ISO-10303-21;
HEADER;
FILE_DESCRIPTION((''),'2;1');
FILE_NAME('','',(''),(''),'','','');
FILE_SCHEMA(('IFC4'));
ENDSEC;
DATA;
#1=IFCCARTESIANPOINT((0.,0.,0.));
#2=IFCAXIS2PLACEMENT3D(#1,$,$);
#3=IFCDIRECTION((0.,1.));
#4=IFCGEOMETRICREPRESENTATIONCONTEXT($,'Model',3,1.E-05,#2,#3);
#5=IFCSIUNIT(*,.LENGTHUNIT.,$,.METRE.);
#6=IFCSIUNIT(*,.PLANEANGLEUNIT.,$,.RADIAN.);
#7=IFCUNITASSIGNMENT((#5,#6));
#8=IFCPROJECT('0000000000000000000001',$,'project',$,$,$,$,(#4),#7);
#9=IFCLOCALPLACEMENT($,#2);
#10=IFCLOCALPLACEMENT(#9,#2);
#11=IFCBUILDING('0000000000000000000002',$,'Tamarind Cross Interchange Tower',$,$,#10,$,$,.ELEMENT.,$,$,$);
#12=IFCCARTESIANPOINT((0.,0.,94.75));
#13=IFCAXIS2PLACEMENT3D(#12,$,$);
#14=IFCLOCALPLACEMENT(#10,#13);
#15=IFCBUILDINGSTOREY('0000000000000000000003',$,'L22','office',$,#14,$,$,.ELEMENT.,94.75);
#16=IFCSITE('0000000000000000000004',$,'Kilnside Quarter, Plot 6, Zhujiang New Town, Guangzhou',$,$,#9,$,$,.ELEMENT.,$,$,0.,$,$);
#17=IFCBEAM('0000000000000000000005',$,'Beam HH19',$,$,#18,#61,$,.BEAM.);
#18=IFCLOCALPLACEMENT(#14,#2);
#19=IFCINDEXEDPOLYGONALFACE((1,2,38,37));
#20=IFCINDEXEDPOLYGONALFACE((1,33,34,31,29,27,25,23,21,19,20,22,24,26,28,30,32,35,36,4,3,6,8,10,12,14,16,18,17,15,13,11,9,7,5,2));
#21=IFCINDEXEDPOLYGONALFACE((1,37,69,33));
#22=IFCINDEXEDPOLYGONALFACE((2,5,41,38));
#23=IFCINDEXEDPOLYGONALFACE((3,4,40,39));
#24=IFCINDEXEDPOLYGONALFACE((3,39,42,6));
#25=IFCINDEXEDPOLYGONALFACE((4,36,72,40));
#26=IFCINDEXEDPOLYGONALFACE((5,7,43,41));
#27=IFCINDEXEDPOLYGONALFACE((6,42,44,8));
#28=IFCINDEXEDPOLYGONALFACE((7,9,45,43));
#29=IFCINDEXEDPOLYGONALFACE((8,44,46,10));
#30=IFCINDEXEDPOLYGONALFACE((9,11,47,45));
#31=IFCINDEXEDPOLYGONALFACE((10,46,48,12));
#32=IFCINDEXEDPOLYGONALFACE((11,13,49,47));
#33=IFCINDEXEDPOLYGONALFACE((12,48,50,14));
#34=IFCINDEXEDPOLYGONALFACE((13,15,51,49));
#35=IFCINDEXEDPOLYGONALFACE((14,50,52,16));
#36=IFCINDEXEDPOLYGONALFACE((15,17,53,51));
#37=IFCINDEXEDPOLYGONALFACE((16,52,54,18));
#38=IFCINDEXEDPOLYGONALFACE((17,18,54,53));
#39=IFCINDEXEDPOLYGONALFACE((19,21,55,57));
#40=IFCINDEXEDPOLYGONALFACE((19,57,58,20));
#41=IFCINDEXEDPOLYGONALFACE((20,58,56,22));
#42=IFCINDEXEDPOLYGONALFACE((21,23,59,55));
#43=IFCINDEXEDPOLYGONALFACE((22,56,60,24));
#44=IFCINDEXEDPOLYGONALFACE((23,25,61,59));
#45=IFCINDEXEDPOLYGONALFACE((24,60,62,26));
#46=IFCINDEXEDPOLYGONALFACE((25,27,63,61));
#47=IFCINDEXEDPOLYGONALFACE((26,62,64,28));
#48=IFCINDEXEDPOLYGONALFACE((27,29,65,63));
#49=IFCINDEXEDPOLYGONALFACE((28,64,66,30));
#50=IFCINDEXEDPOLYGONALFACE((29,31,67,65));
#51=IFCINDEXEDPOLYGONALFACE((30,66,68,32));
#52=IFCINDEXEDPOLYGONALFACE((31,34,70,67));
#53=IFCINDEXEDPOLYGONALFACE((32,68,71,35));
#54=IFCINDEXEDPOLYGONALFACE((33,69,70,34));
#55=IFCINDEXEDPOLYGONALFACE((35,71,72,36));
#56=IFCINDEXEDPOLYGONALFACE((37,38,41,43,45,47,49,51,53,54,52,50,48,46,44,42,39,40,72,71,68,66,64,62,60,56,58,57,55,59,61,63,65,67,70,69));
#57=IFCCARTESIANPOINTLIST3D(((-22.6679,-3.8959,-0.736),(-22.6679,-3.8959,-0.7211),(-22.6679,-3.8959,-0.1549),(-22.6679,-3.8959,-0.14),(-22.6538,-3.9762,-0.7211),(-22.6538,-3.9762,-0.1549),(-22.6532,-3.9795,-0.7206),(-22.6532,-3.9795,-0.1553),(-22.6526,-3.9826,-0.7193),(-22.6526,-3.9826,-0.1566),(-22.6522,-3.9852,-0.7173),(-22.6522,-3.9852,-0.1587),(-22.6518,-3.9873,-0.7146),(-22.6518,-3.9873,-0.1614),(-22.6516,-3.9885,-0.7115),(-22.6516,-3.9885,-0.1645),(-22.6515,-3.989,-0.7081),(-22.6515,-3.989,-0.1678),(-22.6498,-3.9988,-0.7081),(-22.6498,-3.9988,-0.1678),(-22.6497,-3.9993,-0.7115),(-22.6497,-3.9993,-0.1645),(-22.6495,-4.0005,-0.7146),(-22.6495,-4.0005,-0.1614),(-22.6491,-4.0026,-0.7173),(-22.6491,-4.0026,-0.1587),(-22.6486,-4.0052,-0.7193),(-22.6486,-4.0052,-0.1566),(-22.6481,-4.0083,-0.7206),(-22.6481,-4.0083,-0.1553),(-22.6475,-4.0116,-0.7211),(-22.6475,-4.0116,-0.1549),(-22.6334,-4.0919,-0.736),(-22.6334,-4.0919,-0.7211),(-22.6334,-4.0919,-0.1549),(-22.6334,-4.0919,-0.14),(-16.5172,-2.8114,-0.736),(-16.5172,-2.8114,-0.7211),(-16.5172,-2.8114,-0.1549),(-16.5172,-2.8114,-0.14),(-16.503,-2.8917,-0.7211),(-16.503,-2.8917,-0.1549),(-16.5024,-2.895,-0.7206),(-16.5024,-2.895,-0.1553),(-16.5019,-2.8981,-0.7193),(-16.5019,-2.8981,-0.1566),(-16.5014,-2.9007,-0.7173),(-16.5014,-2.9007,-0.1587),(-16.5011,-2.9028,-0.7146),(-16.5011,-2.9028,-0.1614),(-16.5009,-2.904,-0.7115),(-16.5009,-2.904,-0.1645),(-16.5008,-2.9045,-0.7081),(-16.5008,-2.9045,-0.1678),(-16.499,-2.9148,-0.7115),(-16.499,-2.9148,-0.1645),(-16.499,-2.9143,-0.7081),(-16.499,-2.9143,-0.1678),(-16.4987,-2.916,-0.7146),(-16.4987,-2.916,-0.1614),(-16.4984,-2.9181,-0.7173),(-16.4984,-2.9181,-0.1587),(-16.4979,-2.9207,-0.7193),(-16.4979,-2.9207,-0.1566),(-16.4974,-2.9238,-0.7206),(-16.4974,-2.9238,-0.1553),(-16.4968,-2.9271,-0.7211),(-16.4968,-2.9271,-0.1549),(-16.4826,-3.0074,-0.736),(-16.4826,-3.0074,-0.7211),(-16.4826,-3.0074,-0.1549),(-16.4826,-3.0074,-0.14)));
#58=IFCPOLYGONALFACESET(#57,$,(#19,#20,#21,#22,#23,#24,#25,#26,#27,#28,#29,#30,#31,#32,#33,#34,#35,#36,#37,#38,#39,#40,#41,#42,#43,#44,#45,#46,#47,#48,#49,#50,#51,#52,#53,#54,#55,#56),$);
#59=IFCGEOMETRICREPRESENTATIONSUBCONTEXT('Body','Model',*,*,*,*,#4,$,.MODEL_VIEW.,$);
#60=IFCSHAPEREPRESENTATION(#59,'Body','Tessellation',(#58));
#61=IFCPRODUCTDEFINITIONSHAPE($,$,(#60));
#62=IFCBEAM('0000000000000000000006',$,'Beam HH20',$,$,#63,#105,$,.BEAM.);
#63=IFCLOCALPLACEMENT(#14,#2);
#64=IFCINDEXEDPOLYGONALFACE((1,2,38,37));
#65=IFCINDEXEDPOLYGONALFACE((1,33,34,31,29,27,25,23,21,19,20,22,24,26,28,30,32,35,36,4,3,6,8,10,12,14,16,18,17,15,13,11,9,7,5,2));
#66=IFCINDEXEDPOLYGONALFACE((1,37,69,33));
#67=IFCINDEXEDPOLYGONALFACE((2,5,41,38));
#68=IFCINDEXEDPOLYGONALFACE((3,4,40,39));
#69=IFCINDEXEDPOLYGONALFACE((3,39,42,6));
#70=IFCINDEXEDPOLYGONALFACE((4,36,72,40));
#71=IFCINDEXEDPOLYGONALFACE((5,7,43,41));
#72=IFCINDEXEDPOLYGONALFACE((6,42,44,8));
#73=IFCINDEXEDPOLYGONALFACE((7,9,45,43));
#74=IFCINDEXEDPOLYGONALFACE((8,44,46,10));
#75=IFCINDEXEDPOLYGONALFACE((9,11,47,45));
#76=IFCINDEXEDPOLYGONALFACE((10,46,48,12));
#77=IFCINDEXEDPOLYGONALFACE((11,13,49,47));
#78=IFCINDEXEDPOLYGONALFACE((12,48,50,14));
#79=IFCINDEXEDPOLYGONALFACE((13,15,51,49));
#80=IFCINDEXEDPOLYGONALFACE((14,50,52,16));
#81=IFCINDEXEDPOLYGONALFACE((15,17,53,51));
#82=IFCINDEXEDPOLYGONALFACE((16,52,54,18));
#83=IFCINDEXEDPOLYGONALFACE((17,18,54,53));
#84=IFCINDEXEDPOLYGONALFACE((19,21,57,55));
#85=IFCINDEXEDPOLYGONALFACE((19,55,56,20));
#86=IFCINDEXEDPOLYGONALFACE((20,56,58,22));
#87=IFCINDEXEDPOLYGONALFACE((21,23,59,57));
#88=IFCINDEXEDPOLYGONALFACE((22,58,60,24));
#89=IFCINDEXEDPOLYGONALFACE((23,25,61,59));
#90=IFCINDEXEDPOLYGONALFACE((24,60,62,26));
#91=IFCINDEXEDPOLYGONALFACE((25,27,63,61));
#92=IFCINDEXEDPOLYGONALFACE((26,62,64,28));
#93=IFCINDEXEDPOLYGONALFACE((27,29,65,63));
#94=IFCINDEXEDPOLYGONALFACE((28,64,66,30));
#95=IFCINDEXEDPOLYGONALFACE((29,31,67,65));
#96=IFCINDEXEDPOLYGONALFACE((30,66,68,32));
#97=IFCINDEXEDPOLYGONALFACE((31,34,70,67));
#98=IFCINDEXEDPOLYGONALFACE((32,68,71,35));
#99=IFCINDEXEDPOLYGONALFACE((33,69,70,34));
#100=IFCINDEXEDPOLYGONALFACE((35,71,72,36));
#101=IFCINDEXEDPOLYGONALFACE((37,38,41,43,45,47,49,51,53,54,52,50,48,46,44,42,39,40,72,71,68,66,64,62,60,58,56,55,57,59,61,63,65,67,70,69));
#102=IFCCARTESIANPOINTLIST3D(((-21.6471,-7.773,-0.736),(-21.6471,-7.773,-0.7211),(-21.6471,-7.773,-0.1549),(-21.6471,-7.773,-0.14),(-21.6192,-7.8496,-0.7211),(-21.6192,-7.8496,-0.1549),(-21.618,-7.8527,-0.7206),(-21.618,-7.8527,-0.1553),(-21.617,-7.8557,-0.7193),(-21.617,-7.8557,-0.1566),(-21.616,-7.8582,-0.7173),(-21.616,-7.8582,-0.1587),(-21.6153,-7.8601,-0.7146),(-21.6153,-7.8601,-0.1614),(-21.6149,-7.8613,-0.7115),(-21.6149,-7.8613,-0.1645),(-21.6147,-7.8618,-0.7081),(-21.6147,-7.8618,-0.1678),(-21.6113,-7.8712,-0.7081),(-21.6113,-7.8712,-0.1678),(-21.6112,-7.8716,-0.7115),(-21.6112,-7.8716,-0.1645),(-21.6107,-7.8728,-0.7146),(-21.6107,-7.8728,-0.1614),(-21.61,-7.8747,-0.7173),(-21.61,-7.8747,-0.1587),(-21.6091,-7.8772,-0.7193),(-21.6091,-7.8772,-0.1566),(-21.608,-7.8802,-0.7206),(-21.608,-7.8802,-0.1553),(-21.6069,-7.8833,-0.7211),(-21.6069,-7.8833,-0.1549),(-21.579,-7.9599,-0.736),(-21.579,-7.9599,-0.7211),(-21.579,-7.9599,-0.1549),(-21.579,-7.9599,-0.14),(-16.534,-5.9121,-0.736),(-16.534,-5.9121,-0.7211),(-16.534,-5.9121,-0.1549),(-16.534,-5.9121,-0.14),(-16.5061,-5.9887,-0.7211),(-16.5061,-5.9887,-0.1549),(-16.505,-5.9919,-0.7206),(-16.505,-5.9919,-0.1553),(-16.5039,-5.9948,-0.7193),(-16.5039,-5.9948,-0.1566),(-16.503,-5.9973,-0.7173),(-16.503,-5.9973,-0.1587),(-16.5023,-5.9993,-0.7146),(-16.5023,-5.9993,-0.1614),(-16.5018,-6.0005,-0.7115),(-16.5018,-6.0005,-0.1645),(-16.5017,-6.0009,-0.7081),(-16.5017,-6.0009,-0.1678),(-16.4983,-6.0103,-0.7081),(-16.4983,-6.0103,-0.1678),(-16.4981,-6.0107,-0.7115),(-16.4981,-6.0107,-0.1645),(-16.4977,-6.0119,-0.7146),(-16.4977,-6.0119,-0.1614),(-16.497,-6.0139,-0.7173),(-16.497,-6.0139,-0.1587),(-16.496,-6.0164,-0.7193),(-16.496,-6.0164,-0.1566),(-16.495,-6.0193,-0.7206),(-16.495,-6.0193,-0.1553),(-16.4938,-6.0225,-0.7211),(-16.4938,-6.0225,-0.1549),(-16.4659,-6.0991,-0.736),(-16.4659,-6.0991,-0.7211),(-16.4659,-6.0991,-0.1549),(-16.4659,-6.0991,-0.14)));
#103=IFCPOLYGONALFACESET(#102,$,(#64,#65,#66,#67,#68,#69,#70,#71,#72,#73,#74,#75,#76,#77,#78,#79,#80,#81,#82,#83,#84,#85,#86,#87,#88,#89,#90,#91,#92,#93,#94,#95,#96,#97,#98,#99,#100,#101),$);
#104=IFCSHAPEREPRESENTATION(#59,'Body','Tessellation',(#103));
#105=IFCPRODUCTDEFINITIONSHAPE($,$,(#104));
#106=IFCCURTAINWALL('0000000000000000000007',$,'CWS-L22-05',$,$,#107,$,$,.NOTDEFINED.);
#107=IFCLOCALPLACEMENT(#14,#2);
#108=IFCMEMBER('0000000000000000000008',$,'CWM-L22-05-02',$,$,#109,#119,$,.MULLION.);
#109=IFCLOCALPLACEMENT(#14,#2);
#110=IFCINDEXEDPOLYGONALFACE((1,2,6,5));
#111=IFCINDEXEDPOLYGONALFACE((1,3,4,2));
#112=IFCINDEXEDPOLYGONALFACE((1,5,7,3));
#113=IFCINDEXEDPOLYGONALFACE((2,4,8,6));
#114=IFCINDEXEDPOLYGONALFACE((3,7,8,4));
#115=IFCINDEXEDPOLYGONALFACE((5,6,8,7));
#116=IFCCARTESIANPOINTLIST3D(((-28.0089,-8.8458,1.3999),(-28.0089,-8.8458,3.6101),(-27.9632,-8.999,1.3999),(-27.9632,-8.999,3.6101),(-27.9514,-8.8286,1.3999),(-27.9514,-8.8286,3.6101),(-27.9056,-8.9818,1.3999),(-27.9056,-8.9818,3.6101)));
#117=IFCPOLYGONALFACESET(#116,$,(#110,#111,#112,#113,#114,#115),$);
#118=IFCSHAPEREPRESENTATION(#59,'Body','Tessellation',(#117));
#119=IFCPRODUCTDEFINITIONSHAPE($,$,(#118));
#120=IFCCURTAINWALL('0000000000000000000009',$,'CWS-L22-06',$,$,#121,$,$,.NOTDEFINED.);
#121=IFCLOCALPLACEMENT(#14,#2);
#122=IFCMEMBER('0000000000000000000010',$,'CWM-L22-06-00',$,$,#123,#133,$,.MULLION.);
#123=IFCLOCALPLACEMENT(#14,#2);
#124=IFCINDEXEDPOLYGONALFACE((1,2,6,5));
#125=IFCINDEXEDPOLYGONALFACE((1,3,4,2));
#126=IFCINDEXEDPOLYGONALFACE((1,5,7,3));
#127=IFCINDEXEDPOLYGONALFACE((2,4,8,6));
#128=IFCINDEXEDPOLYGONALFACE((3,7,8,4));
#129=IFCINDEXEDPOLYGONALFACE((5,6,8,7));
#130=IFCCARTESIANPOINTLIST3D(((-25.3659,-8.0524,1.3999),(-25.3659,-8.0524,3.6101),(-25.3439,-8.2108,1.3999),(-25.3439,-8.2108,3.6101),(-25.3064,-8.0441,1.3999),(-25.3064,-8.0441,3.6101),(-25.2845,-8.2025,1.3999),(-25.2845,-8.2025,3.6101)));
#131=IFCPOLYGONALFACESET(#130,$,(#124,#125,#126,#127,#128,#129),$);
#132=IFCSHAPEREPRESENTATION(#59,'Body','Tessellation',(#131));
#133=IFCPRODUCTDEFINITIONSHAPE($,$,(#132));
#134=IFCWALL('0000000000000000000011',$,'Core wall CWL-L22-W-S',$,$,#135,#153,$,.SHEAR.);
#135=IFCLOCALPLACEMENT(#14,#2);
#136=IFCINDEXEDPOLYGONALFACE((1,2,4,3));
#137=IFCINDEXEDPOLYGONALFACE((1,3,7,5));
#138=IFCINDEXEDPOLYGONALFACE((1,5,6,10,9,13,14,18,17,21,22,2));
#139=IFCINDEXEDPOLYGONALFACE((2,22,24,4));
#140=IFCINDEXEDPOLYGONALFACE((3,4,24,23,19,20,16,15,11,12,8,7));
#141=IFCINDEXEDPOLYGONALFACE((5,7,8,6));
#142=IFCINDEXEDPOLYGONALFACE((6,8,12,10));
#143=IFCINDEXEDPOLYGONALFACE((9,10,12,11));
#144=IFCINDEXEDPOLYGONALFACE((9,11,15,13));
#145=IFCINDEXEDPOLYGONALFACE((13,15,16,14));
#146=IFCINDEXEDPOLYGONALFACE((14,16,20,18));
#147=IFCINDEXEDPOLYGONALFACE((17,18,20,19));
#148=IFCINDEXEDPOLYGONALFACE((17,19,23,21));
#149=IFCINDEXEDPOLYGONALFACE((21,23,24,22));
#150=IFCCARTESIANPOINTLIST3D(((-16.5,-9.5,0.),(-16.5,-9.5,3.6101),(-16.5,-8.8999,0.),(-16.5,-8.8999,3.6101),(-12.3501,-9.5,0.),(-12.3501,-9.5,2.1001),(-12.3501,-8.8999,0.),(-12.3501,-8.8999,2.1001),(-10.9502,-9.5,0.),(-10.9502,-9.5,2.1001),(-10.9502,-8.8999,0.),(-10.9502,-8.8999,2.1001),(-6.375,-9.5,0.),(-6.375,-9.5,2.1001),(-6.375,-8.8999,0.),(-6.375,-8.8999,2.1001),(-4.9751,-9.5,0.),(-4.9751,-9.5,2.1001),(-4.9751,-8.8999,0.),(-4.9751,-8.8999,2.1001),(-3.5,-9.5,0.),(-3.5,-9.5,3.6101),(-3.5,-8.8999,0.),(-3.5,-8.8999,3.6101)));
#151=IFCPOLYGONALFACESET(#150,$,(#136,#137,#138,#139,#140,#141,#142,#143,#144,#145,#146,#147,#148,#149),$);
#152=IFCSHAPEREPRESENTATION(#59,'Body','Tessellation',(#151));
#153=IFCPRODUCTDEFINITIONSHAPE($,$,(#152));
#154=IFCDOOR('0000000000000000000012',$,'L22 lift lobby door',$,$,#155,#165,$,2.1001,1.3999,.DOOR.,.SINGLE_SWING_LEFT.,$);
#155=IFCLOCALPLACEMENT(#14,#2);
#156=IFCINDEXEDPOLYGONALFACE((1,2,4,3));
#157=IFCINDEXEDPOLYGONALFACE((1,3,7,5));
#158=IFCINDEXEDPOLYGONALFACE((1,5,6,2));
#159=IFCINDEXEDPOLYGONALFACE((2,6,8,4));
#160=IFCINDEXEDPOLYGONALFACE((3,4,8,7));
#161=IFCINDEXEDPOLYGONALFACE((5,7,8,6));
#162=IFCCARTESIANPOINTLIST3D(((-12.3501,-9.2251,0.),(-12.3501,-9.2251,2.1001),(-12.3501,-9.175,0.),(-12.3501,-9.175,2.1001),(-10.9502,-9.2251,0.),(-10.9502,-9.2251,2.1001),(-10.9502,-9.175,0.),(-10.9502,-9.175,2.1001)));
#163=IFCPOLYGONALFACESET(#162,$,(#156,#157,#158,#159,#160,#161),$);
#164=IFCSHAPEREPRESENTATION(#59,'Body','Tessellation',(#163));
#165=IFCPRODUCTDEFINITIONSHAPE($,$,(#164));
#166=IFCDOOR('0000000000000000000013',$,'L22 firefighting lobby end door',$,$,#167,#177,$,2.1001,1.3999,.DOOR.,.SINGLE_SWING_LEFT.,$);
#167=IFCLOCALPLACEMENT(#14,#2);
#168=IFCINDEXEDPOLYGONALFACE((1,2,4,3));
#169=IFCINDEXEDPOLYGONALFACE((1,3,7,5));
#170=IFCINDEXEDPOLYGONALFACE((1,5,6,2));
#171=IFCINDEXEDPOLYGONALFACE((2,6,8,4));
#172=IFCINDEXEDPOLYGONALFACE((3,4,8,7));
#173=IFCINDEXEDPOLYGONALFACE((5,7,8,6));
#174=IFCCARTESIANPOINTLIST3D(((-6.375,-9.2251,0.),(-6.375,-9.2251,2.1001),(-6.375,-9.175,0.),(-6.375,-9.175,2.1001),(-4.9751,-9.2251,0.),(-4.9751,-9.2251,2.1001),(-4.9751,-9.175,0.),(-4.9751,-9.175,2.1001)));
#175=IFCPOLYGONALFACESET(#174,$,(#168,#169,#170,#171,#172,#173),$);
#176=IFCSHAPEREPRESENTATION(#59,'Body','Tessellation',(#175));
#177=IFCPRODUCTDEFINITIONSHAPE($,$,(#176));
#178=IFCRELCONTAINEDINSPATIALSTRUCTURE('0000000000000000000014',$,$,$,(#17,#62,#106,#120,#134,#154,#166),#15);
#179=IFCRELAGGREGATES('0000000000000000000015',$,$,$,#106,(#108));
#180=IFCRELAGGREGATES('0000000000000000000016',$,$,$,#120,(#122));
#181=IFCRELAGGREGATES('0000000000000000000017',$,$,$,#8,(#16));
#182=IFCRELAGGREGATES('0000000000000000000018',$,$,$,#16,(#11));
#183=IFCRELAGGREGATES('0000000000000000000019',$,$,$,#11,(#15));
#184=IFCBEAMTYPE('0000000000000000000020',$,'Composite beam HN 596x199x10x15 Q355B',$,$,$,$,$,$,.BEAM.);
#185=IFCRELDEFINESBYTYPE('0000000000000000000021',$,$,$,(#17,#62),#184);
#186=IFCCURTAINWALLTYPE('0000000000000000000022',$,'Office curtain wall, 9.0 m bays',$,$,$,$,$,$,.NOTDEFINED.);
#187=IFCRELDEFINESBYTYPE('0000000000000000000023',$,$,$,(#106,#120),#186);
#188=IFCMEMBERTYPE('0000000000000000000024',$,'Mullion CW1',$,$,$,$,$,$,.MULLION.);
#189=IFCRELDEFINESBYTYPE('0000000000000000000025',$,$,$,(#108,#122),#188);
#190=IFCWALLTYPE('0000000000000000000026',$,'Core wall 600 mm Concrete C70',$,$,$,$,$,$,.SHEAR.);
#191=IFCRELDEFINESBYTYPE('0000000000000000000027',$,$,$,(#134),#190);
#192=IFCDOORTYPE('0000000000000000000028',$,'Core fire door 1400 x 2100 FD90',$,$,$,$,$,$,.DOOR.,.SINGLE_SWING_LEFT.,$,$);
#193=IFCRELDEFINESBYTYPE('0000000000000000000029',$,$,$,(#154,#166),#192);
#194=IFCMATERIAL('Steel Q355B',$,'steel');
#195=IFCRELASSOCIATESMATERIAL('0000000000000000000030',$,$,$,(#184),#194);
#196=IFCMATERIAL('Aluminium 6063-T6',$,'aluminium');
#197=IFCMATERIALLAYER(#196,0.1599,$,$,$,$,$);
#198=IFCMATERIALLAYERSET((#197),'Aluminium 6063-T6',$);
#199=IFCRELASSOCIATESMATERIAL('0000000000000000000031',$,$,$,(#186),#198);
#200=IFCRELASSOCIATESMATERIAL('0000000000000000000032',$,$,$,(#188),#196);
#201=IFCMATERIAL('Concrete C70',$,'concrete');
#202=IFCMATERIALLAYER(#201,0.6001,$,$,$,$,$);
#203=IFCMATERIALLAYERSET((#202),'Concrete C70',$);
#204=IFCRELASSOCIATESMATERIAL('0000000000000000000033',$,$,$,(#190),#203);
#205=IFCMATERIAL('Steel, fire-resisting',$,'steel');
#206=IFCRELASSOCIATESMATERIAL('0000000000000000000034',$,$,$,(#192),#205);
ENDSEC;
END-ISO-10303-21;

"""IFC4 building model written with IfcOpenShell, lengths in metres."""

from ifc_helpers import new_model, si_unit, direction, frame, frame_2d, origin, origin_2d, place, context, subcontext, project, spatial, rectangle, i_section, extrude, material, layer, layer_set, material_profile, profile_set, type_object, element, fill, aggregate, save


model = new_model("IFC4")

# Units and contexts
model_context = context("Model", 3, precision=1e-05, world=origin(), true_north=direction((0.0, 1.0)))
body_context = subcontext(model_context, "Body", "Model", "MODEL_VIEW")
ifc_project = project(units=[si_unit("LENGTHUNIT", "METRE"), si_unit("PLANEANGLEUNIT", "RADIAN")], contexts=[model_context])

# Site, building, storey
site_placement = place(None, origin())
site = spatial("IfcSite", under=ifc_project, at=site_placement, Name="Kilnside Quarter, Plot 6, Zhujiang New Town, Guangzhou", CompositionType="ELEMENT", RefElevation=0.0)
building_placement = place(site_placement, origin())
building = spatial("IfcBuilding", under=site, at=building_placement, Name="Tamarind Cross Interchange Tower", CompositionType="ELEMENT")
storey_placement = place(building_placement, frame((0.0, 0.0, 94.75)))
storey = spatial("IfcBuildingStorey", under=building, at=storey_placement, Name="L22", Description="office", CompositionType="ELEMENT", Elevation=94.75)

# Beams
ifc_material_1 = material(Name="Steel Q355B", Category="steel")
ifc_material_profile_1 = material_profile(ifc_material_1, i_section(OverallWidth=0.199, OverallDepth=0.5959, WebThickness=0.01, FlangeThickness=0.0149, FilletRadius=0.0129, at=origin_2d()), Name="HN 596x199x10x15")
ifc_profile_set_1 = profile_set([ifc_material_profile_1], Name="Steel Q355B")
beam_type = type_object("IfcBeamType", Name="Composite beam HN 596x199x10x15 Q355B", PredefinedType="BEAM", material=ifc_profile_set_1)
beam_1_placement = place(storey_placement, frame((-22.6506, -3.9939, -0.438), z_axis=(0.984809, 0.17364, 0.0), x_axis=(-0.17364, 0.984809, 0.0)))
element("IfcBeam", 1, at=beam_1_placement, inside=storey, type_object=beam_type, Name="Beam HH19", PredefinedType="BEAM", context=body_context, shape_type="SweptSolid", body=[
    extrude(i_section(OverallWidth=0.199, OverallDepth=0.5959, WebThickness=0.01, FlangeThickness=0.0149, FilletRadius=0.0129, at=origin_2d()), origin(), (0.0, 0.0, 1.0), 6.2456),
])
beam_2_placement = place(storey_placement, frame((-21.613, -7.8665, -0.438), z_axis=(0.939702, 0.341995, 0.0), x_axis=(-0.341995, 0.939702, 0.0)))
element("IfcBeam", 2, at=beam_2_placement, inside=storey, type_object=beam_type, Name="Beam HH20", PredefinedType="BEAM", context=body_context, shape_type="SweptSolid", body=[
    extrude(i_section(OverallWidth=0.199, OverallDepth=0.5959, WebThickness=0.01, FlangeThickness=0.0149, FilletRadius=0.0129, at=origin_2d()), origin(), (0.0, 0.0, 1.0), 5.4412),
])

# Curtain walls, members
ifc_material_2 = material(Name="Aluminium 6063-T6", Category="aluminium")
ifc_layer_1 = layer(ifc_material_2, 0.1599)
ifc_layer_set_1 = layer_set([ifc_layer_1], Name="Aluminium 6063-T6")
curtain_wall_type = type_object("IfcCurtainWallType", Name="Office curtain wall, 9.0 m bays", PredefinedType="NOTDEFINED", material=ifc_layer_set_1)
curtain_wall_1_placement = place(storey_placement, origin())
curtain_wall_1 = element("IfcCurtainWall", 3, at=curtain_wall_1_placement, inside=storey, type_object=curtain_wall_type, Name="CWS-L22-05", PredefinedType="NOTDEFINED")
ifc_material_profile_2 = material_profile(ifc_material_2, rectangle(XDim=0.0601, YDim=0.1599, at=origin_2d()), Name="Mullion CW1")
ifc_profile_set_2 = profile_set([ifc_material_profile_2], Name="Aluminium 6063-T6")
member_type = type_object("IfcMemberType", Name="Mullion CW1", PredefinedType="MULLION", material=ifc_profile_set_2)
member_1_placement = place(storey_placement, frame((-27.9573, -8.9138, 1.3999), z_axis=(0.0, 0.0, 1.0), x_axis=(0.958139, 0.286304, 0.0)))
member_1 = element("IfcMember", 4, at=member_1_placement, type_object=member_type, Name="CWM-L22-05-02", PredefinedType="MULLION", context=body_context, shape_type="SweptSolid", body=[
    extrude(rectangle(XDim=0.0601, YDim=0.1599, at=origin_2d()), origin(), (0.0, 0.0, 1.0), 2.2102),
])
aggregate(curtain_wall_1, [member_1])
curtain_wall_2_placement = place(storey_placement, origin())
curtain_wall_2 = element("IfcCurtainWall", 5, at=curtain_wall_2_placement, inside=storey, type_object=curtain_wall_type, Name="CWS-L22-06", PredefinedType="NOTDEFINED")
member_2_placement = place(storey_placement, frame((-25.3252, -8.1274, 1.3999), z_axis=(0.0, 0.0, 1.0), x_axis=(0.990496, 0.13754, 0.0)))
member_2 = element("IfcMember", 6, at=member_2_placement, type_object=member_type, Name="CWM-L22-06-00", PredefinedType="MULLION", context=body_context, shape_type="SweptSolid", body=[
    extrude(rectangle(XDim=0.0601, YDim=0.1599, at=origin_2d()), origin(), (0.0, 0.0, 1.0), 2.2102),
])
aggregate(curtain_wall_2, [member_2])

# Wall, openings, doors
ifc_material_3 = material(Name="Concrete C70", Category="concrete")
ifc_layer_2 = layer(ifc_material_3, 0.6001)
ifc_layer_set_2 = layer_set([ifc_layer_2], Name="Concrete C70")
wall_type_1 = type_object("IfcWallType", Name="Core wall 600 mm Concrete C70", PredefinedType="SHEAR", material=ifc_layer_set_2)
wall_1_placement = place(storey_placement, frame((-16.5, -9.2, 0.0), z_axis=(0.0, 0.0, 1.0), x_axis=(1.0, 0.0, 0.0)))
wall_1 = element("IfcWall", 7, at=wall_1_placement, inside=storey, type_object=wall_type_1, Name="Core wall CWL-L22-W-S", PredefinedType="SHEAR", context=body_context, shape_type="SweptSolid", body=[
    extrude(rectangle(XDim=13.0, YDim=0.6001, at=frame_2d((6.5, 0.0))), origin(), (0.0, 0.0, 1.0), 3.6101),
])
opening_1_placement = place(wall_1_placement, frame((4.1499, 0.0, 0.0)))
opening_1 = element("IfcOpeningElement", 8, at=opening_1_placement, cuts=wall_1, PredefinedType="OPENING", context=body_context, shape_type="SweptSolid", body=[
    extrude(rectangle(XDim=1.3999, YDim=2.1001, at=frame_2d((0.7, 1.05))), frame((0.0, 0.3101, 0.0), z_axis=(0.0, -1.0, 0.0), x_axis=(1.0, 0.0, 0.0)), (0.0, 0.0, 1.0), 0.6201),
])
opening_2_placement = place(wall_1_placement, frame((10.125, 0.0, 0.0)))
opening_2 = element("IfcOpeningElement", 9, at=opening_2_placement, cuts=wall_1, PredefinedType="OPENING", context=body_context, shape_type="SweptSolid", body=[
    extrude(rectangle(XDim=1.3999, YDim=2.1001, at=frame_2d((0.7, 1.05))), frame((0.0, 0.3101, 0.0), z_axis=(0.0, -1.0, 0.0), x_axis=(1.0, 0.0, 0.0)), (0.0, 0.0, 1.0), 0.6201),
])
ifc_material_4 = material(Name="Steel, fire-resisting", Category="steel")
door_type_1 = type_object("IfcDoorType", Name="Core fire door 1400 x 2100 FD90", OperationType="SINGLE_SWING_LEFT", PredefinedType="DOOR", material=ifc_material_4)
door_1_placement = place(opening_1_placement, origin())
door_1 = element("IfcDoor", 10, at=door_1_placement, inside=storey, type_object=door_type_1, Name="L22 lift lobby door", OperationType="SINGLE_SWING_LEFT", OverallHeight=2.1001, OverallWidth=1.3999, PredefinedType="DOOR", context=body_context, shape_type="SweptSolid", body=[
    extrude(rectangle(XDim=1.3999, YDim=2.1001, at=frame_2d((0.7, 1.05))), frame((0.0, 0.0249, 0.0), z_axis=(0.0, -1.0, 0.0), x_axis=(1.0, 0.0, 0.0)), (0.0, 0.0, 1.0), 0.05),
])
fill(opening_1, door_1)
door_2_placement = place(opening_2_placement, origin())
door_2 = element("IfcDoor", 11, at=door_2_placement, inside=storey, type_object=door_type_1, Name="L22 firefighting lobby end door", OperationType="SINGLE_SWING_LEFT", OverallHeight=2.1001, OverallWidth=1.3999, PredefinedType="DOOR", context=body_context, shape_type="SweptSolid", body=[
    extrude(rectangle(XDim=1.3999, YDim=2.1001, at=frame_2d((0.7, 1.05))), frame((0.0, 0.0249, 0.0), z_axis=(0.0, -1.0, 0.0), x_axis=(1.0, 0.0, 0.0)), (0.0, 0.0, 1.0), 0.05),
])
fill(opening_2, door_2)

save(model, "model.ifc")
